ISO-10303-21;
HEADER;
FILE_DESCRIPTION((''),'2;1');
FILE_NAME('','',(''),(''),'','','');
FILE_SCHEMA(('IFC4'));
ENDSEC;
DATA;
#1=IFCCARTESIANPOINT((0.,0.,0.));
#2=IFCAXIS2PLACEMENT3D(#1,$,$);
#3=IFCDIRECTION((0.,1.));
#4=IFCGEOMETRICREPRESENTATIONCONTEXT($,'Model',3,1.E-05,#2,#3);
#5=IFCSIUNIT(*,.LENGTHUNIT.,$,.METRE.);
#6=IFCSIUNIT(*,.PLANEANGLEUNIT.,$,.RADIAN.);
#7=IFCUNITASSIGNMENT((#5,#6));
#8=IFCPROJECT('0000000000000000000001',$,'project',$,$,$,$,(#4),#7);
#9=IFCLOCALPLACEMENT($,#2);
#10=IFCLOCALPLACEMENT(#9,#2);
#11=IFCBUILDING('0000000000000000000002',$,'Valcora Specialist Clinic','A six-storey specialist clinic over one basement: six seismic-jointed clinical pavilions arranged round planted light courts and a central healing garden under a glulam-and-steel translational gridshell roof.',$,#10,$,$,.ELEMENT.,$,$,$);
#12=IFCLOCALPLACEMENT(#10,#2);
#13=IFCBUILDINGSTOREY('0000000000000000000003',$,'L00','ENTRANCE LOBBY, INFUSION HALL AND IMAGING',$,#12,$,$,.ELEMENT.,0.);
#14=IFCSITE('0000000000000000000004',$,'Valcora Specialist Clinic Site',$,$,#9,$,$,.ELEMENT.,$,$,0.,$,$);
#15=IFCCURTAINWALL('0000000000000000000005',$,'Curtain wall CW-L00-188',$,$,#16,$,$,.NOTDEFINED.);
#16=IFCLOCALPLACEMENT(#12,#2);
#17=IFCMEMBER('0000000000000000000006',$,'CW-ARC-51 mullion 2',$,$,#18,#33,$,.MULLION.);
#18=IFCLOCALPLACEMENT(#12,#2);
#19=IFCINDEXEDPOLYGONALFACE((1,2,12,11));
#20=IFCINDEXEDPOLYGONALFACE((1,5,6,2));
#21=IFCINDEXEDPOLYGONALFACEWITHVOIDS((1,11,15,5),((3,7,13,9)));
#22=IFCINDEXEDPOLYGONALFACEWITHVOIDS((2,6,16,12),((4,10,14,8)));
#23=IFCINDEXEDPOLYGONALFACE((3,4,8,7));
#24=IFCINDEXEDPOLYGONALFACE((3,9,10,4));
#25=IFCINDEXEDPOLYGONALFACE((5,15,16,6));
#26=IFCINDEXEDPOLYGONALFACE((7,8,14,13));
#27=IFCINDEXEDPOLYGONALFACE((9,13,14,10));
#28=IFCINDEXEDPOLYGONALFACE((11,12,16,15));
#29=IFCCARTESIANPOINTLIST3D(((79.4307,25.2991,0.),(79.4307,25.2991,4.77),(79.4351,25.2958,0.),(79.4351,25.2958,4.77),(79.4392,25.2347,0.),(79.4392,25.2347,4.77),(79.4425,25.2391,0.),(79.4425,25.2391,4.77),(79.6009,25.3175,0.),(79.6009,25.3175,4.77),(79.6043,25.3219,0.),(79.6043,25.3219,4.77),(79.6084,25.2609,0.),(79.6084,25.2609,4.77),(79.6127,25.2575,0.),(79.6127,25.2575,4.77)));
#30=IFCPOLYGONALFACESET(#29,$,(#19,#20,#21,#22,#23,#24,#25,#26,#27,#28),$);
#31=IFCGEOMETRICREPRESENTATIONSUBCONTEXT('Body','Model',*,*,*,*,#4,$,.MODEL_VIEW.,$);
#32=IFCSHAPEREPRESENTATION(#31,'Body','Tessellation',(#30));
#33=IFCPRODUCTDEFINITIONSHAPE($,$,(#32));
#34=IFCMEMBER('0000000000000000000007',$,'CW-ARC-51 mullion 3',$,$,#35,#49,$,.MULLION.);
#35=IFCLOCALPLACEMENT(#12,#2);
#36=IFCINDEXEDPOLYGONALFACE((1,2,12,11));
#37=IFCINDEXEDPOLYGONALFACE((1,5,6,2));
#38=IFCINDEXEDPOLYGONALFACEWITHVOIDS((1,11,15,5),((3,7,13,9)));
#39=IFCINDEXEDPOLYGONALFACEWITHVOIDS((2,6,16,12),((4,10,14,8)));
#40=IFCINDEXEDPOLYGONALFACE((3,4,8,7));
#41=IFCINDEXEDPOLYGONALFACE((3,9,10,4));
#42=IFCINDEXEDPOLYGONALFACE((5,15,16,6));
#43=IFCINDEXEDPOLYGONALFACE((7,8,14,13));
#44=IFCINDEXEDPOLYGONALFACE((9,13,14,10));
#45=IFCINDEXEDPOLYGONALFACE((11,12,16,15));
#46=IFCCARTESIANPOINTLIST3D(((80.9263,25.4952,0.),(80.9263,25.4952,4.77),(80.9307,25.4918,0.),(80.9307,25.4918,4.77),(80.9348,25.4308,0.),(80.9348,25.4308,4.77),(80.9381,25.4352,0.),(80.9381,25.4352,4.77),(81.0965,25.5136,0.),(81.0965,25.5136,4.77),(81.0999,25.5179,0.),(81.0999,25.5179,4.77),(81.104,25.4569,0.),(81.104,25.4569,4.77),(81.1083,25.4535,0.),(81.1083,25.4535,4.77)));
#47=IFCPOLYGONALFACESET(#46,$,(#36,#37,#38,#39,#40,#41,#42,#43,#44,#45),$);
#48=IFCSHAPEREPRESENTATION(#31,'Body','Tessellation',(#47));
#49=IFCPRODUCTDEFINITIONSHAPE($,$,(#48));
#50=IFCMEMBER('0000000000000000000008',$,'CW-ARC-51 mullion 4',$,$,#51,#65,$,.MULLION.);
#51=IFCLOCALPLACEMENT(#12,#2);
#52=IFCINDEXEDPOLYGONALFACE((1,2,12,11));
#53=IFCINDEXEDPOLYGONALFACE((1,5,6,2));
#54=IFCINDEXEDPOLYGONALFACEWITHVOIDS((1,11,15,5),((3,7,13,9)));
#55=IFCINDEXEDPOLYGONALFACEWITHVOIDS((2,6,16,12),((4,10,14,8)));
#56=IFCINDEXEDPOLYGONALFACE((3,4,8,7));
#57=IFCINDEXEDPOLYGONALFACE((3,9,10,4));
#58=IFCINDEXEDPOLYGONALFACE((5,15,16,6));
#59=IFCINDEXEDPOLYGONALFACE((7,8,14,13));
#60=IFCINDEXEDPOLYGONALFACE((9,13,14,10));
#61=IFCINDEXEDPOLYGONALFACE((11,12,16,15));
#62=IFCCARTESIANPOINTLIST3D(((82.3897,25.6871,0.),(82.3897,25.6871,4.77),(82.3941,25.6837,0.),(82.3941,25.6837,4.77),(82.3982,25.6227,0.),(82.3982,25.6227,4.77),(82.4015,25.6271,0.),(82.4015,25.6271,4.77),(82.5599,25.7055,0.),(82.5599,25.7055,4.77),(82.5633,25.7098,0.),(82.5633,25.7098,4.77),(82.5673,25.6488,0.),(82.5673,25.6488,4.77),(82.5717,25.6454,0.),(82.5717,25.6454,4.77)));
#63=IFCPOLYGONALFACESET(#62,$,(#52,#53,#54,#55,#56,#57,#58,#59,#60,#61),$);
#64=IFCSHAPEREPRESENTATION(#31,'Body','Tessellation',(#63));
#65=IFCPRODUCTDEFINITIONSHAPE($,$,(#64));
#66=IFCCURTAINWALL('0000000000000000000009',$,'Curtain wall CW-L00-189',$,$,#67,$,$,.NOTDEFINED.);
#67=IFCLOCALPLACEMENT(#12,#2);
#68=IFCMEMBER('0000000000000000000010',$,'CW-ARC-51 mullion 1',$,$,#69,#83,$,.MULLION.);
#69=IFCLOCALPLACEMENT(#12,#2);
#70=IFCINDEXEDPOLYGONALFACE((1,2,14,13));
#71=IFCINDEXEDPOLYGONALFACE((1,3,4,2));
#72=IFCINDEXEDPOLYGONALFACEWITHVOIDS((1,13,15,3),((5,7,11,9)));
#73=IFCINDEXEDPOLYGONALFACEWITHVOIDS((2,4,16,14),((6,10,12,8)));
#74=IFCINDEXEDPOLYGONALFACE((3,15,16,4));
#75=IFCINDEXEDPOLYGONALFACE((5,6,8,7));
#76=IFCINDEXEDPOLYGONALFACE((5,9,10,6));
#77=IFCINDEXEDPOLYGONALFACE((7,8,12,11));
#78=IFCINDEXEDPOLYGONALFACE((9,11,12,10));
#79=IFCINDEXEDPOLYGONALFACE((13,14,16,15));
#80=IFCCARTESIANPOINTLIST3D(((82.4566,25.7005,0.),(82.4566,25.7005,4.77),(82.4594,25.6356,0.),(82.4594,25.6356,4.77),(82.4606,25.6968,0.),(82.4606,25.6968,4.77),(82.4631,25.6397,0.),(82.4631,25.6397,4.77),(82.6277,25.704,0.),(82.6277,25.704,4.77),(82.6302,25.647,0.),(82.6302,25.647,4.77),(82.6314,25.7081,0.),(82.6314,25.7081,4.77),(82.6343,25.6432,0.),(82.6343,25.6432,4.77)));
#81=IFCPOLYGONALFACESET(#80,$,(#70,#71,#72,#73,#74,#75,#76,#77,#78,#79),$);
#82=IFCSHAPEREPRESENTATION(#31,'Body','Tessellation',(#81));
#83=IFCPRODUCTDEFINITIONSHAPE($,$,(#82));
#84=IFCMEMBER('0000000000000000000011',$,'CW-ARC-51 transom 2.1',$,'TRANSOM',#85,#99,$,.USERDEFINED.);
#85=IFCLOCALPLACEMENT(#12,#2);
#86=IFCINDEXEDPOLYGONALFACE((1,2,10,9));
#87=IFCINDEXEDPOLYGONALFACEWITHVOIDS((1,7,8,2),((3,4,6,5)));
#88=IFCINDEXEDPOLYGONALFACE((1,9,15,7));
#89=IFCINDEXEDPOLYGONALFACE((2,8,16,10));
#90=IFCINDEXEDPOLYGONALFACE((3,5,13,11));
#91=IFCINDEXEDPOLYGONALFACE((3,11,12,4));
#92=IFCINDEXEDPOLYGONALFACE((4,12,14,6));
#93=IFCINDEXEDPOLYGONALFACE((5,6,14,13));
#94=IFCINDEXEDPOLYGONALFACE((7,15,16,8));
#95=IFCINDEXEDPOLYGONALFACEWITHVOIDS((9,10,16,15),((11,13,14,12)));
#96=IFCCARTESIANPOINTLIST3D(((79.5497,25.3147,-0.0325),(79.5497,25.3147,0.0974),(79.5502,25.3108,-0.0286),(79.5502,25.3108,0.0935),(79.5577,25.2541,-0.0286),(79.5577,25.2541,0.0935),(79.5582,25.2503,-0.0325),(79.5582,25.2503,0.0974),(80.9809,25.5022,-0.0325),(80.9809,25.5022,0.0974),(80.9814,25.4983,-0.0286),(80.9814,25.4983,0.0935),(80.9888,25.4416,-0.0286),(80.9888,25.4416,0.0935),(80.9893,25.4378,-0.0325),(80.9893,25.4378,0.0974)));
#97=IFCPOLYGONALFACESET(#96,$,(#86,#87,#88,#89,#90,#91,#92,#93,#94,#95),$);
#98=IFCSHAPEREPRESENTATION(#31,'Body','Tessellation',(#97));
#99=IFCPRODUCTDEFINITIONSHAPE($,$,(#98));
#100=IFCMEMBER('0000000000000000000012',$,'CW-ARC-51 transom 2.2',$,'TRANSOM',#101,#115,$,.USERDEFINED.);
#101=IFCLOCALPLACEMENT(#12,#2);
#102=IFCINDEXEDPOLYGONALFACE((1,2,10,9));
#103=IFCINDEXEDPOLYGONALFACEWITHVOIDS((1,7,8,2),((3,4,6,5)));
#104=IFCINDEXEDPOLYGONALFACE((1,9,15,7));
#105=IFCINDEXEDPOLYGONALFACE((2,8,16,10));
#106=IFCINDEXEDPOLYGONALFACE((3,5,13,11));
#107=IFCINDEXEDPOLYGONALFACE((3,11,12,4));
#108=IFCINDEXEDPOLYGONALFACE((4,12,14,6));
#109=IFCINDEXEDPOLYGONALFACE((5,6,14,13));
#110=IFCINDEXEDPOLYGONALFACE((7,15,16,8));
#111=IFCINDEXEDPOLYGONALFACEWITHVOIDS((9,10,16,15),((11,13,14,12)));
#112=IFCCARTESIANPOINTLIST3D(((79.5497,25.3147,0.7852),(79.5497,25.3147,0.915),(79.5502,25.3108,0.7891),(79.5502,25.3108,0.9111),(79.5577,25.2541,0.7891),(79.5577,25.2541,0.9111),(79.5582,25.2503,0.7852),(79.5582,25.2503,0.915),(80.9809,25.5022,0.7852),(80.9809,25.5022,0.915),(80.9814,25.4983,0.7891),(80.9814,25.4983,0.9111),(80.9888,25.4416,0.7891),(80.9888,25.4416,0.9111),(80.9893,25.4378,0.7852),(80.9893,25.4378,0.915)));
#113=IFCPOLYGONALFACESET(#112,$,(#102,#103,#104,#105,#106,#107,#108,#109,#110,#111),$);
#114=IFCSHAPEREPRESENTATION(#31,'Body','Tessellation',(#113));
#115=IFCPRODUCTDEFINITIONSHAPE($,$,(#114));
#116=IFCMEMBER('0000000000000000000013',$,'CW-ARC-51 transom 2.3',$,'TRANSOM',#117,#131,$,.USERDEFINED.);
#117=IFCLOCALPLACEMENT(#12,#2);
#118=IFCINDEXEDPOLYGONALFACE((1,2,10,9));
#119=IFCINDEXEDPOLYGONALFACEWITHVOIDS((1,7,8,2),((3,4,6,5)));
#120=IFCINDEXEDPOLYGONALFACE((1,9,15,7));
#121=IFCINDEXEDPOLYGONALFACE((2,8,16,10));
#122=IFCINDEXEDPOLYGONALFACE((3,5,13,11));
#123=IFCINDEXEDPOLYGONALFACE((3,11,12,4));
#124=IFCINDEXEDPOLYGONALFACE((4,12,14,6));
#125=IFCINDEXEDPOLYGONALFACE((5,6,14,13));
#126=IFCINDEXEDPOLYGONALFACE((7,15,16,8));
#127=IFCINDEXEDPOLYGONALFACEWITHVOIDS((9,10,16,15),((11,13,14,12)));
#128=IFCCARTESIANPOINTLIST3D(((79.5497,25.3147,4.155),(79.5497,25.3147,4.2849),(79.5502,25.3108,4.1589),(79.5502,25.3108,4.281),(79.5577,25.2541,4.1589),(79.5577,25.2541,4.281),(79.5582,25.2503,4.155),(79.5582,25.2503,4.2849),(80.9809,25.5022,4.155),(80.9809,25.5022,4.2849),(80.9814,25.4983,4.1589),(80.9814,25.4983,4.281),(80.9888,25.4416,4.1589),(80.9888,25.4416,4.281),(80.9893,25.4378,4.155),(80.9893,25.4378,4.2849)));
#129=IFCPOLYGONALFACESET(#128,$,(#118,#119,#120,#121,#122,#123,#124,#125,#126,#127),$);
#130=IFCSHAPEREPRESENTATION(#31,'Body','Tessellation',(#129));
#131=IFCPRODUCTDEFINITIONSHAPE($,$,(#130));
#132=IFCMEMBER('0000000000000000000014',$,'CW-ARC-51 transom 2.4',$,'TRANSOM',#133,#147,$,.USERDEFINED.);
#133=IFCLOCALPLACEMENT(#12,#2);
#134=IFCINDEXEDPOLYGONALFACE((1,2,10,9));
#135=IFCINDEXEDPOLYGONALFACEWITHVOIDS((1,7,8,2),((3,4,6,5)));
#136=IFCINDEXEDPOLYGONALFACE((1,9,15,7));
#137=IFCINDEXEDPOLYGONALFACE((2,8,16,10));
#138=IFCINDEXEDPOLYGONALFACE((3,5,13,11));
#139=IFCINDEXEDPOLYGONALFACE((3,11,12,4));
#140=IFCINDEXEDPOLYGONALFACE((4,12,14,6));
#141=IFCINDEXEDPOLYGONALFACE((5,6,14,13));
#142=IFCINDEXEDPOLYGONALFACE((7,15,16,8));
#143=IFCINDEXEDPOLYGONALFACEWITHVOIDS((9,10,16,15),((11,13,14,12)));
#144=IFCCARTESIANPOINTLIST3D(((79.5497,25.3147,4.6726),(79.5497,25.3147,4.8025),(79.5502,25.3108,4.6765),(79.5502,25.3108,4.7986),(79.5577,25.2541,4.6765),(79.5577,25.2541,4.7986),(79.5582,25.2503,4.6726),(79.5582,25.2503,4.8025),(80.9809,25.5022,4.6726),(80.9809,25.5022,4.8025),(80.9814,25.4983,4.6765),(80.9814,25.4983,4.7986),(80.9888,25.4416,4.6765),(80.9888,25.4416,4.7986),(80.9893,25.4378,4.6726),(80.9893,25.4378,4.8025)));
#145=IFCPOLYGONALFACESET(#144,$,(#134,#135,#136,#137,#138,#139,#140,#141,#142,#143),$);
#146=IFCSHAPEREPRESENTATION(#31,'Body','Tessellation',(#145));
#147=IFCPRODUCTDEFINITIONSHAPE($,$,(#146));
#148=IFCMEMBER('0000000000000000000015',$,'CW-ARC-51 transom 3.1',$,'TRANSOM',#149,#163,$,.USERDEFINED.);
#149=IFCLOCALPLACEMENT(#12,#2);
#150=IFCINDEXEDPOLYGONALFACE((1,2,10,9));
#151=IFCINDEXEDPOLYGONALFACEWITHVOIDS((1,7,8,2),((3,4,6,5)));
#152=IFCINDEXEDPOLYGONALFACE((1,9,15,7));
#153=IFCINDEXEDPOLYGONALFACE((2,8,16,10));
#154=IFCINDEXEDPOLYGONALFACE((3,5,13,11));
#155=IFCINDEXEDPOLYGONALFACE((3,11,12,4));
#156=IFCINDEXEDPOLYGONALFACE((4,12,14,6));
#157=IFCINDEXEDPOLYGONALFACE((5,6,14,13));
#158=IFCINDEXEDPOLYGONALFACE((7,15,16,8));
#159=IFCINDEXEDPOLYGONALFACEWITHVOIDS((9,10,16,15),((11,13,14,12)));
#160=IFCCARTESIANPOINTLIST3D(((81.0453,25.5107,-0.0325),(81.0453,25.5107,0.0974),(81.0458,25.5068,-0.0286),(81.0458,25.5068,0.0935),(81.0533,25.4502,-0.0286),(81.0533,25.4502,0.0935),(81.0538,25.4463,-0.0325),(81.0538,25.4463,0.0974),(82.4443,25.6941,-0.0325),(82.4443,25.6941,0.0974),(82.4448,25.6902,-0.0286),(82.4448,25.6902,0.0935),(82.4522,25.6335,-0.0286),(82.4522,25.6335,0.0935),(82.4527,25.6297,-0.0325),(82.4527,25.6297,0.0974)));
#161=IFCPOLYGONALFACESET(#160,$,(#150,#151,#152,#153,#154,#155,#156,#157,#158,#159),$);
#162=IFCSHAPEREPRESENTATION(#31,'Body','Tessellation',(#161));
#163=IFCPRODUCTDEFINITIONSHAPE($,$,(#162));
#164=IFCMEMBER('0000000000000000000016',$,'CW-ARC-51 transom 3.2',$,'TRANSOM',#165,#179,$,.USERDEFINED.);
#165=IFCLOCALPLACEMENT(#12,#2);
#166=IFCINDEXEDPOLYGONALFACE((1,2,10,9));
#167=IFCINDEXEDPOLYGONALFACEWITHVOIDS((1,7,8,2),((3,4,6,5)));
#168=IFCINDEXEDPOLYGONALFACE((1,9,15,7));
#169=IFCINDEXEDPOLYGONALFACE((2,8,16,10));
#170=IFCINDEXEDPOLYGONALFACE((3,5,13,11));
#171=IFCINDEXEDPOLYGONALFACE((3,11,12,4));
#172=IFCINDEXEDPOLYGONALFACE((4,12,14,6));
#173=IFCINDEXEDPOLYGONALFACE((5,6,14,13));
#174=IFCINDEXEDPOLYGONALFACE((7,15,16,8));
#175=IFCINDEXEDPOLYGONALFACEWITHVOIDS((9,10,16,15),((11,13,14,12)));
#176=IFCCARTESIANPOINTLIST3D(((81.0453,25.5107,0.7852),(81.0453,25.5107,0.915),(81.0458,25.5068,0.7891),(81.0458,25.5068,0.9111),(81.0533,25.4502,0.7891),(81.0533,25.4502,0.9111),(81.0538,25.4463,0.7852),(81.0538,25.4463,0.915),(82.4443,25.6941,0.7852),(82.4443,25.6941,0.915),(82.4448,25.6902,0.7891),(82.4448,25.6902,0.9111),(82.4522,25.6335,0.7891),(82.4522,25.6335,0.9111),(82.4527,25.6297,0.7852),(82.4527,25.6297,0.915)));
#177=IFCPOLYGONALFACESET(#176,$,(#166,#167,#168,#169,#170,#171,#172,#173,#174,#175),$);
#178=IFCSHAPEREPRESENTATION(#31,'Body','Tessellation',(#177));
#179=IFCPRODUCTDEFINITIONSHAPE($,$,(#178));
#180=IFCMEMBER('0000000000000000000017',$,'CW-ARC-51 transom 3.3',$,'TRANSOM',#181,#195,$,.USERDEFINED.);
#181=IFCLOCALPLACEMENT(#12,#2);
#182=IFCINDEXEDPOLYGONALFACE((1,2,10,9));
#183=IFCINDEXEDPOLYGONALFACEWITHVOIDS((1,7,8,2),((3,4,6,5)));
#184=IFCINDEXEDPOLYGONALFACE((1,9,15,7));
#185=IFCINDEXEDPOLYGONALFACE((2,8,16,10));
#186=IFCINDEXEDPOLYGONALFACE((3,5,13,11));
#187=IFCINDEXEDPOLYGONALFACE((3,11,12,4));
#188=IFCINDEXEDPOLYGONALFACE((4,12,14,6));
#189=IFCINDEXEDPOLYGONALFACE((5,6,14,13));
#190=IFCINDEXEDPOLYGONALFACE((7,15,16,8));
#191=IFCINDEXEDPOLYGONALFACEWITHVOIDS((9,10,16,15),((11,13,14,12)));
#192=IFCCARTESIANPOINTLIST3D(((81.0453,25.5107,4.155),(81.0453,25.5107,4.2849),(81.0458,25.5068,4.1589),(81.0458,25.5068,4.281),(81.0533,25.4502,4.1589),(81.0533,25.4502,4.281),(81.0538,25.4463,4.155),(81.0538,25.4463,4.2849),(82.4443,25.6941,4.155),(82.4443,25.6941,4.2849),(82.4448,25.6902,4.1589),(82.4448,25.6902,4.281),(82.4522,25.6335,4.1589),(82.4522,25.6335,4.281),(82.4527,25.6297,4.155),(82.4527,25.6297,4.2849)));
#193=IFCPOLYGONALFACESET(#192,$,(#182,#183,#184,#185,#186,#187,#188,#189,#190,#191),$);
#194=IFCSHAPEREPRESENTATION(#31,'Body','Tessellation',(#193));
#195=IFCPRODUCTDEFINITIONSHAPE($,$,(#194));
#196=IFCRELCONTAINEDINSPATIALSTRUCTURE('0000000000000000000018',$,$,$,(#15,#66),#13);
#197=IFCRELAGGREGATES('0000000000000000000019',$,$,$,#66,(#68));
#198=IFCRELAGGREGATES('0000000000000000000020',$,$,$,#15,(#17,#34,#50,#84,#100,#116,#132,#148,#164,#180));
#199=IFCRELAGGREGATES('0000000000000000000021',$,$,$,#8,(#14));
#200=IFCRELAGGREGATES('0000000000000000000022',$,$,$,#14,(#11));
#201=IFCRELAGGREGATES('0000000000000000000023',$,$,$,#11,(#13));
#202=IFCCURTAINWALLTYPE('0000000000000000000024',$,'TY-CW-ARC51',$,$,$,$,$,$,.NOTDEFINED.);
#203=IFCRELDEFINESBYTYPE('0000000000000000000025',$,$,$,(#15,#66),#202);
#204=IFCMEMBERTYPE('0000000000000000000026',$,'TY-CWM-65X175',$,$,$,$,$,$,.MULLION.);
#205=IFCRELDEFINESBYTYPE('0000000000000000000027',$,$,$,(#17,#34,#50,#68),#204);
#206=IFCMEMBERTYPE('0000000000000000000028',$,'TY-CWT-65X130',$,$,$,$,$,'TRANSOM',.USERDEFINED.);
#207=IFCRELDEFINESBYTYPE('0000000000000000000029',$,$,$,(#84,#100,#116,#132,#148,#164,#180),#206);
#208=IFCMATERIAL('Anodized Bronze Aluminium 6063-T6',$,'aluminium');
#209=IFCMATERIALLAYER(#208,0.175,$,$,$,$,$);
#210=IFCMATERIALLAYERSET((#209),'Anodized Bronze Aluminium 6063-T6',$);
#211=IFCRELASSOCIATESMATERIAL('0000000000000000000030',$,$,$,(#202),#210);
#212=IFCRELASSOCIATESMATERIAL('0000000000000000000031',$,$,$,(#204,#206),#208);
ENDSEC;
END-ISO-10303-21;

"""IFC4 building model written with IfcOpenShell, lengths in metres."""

from ifc_helpers import new_model, si_unit, direction, frame, origin, origin_2d, place, context, subcontext, project, spatial, hollow_rectangle, extrude, material, layer, layer_set, material_profile, profile_set, type_object, element, aggregate, save


model = new_model("IFC4")

# Units and contexts
model_context = context("Model", 3, precision=1e-05, world=origin(), true_north=direction((0.0, 1.0)))
body_context = subcontext(model_context, "Body", "Model", "MODEL_VIEW")
ifc_project = project(units=[si_unit("LENGTHUNIT", "METRE"), si_unit("PLANEANGLEUNIT", "RADIAN")], contexts=[model_context])

# Site, building, storey
site_placement = place(None, origin())
site = spatial("IfcSite", under=ifc_project, at=site_placement, Name="Valcora Specialist Clinic Site", CompositionType="ELEMENT", RefElevation=0.0)
building_placement = place(site_placement, origin())
building = spatial("IfcBuilding", under=site, at=building_placement, Name="Valcora Specialist Clinic", Description="A six-storey specialist clinic over one basement: six seismic-jointed clinical pavilions arranged round planted light courts and a central healing garden under a glulam-and-steel translational gridshell roof.", CompositionType="ELEMENT")
storey_placement = place(building_placement, origin())
storey = spatial("IfcBuildingStorey", under=building, at=storey_placement, Name="L00", Description="ENTRANCE LOBBY, INFUSION HALL AND IMAGING", CompositionType="ELEMENT", Elevation=0.0)

# Curtain wall, members
ifc_material_1 = material(Name="Anodized Bronze Aluminium 6063-T6", Category="aluminium")
ifc_layer_1 = layer(ifc_material_1, 0.175)
ifc_layer_set_1 = layer_set([ifc_layer_1], Name="Anodized Bronze Aluminium 6063-T6")
curtain_wall_type = type_object("IfcCurtainWallType", Name="TY-CW-ARC51", PredefinedType="NOTDEFINED", material=ifc_layer_set_1)
curtain_wall_1_placement = place(storey_placement, origin())
curtain_wall_1 = element("IfcCurtainWall", 1, at=curtain_wall_1_placement, inside=storey, type_object=curtain_wall_type, Name="Curtain wall CW-L00-188", PredefinedType="NOTDEFINED")
ifc_material_profile_1 = material_profile(ifc_material_1, hollow_rectangle(XDim=0.0649, YDim=0.175, WallThickness=0.0039, at=origin_2d()), Name="AL-MUL-65X175")
ifc_profile_set_1 = profile_set([ifc_material_profile_1], Name="Anodized Bronze Aluminium 6063-T6")
member_type_1 = type_object("IfcMemberType", Name="TY-CWM-65X175", PredefinedType="MULLION", material=ifc_profile_set_1)
member_1_placement = place(storey_placement, frame((79.5217, 25.2783, 0.0), z_axis=(0.0, 0.0, 1.0), x_axis=(-0.129999, 0.991514, 0.0)))
member_1 = element("IfcMember", 2, at=member_1_placement, type_object=member_type_1, Name="CW-ARC-51 mullion 2", PredefinedType="MULLION", context=body_context, shape_type="SweptSolid", body=[
    extrude(hollow_rectangle(XDim=0.0649, YDim=0.175, WallThickness=0.0039, at=origin_2d()), origin(), (0.0, 0.0, 1.0), 4.77),
])
member_2_placement = place(storey_placement, frame((81.0173, 25.4744, 0.0), z_axis=(0.0, 0.0, 1.0), x_axis=(-0.129999, 0.991514, 0.0)))
member_2 = element("IfcMember", 3, at=member_2_placement, type_object=member_type_1, Name="CW-ARC-51 mullion 3", PredefinedType="MULLION", context=body_context, shape_type="SweptSolid", body=[
    extrude(hollow_rectangle(XDim=0.0649, YDim=0.175, WallThickness=0.0039, at=origin_2d()), origin(), (0.0, 0.0, 1.0), 4.77),
])
member_3_placement = place(storey_placement, frame((82.4807, 25.6663, 0.0), z_axis=(0.0, 0.0, 1.0), x_axis=(-0.129999, 0.991514, 0.0)))
member_3 = element("IfcMember", 4, at=member_3_placement, type_object=member_type_1, Name="CW-ARC-51 mullion 4", PredefinedType="MULLION", context=body_context, shape_type="SweptSolid", body=[
    extrude(hollow_rectangle(XDim=0.0649, YDim=0.175, WallThickness=0.0039, at=origin_2d()), origin(), (0.0, 0.0, 1.0), 4.77),
])

# Curtain wall, member
curtain_wall_2_placement = place(storey_placement, origin())
curtain_wall_2 = element("IfcCurtainWall", 5, at=curtain_wall_2_placement, inside=storey, type_object=curtain_wall_type, Name="Curtain wall CW-L00-189", PredefinedType="NOTDEFINED")
member_4_placement = place(storey_placement, frame((82.5454, 25.6719, 0.0), z_axis=(0.0, 0.0, 1.0), x_axis=(-0.043307, 0.999062, 0.0)))
member_4 = element("IfcMember", 6, at=member_4_placement, type_object=member_type_1, Name="CW-ARC-51 mullion 1", PredefinedType="MULLION", context=body_context, shape_type="SweptSolid", body=[
    extrude(hollow_rectangle(XDim=0.0649, YDim=0.175, WallThickness=0.0039, at=origin_2d()), origin(), (0.0, 0.0, 1.0), 4.77),
])

# Members
ifc_material_profile_2 = material_profile(ifc_material_1, hollow_rectangle(XDim=0.0649, YDim=0.1299, WallThickness=0.0039, at=origin_2d()), Name="AL-TRN-65X130")
ifc_profile_set_2 = profile_set([ifc_material_profile_2], Name="Anodized Bronze Aluminium 6063-T6")
member_type_2 = type_object("IfcMemberType", Name="TY-CWT-65X130", ElementType="TRANSOM", PredefinedType="USERDEFINED", material=ifc_profile_set_2)
member_5_placement = place(storey_placement, frame((79.554, 25.2825, 0.0325), z_axis=(0.991527, 0.129903, 0.0), x_axis=(-0.129903, 0.991527, 0.0)))
member_5 = element("IfcMember", 7, at=member_5_placement, type_object=member_type_2, Name="CW-ARC-51 transom 2.1", ObjectType="TRANSOM", PredefinedType="USERDEFINED", context=body_context, shape_type="SweptSolid", body=[
    extrude(hollow_rectangle(XDim=0.0649, YDim=0.1299, WallThickness=0.0039, at=origin_2d()), origin(), (0.0, 0.0, 1.0), 1.4434),
])
member_6_placement = place(storey_placement, frame((79.554, 25.2825, 0.8501), z_axis=(0.991527, 0.129903, 0.0), x_axis=(-0.129903, 0.991527, 0.0)))
member_6 = element("IfcMember", 8, at=member_6_placement, type_object=member_type_2, Name="CW-ARC-51 transom 2.2", ObjectType="TRANSOM", PredefinedType="USERDEFINED", context=body_context, shape_type="SweptSolid", body=[
    extrude(hollow_rectangle(XDim=0.0649, YDim=0.1299, WallThickness=0.0039, at=origin_2d()), origin(), (0.0, 0.0, 1.0), 1.4434),
])
member_7_placement = place(storey_placement, frame((79.554, 25.2825, 4.22), z_axis=(0.991527, 0.129903, 0.0), x_axis=(-0.129903, 0.991527, 0.0)))
member_7 = element("IfcMember", 9, at=member_7_placement, type_object=member_type_2, Name="CW-ARC-51 transom 2.3", ObjectType="TRANSOM", PredefinedType="USERDEFINED", context=body_context, shape_type="SweptSolid", body=[
    extrude(hollow_rectangle(XDim=0.0649, YDim=0.1299, WallThickness=0.0039, at=origin_2d()), origin(), (0.0, 0.0, 1.0), 1.4434),
])
member_8_placement = place(storey_placement, frame((79.554, 25.2825, 4.7375), z_axis=(0.991527, 0.129903, 0.0), x_axis=(-0.129903, 0.991527, 0.0)))
member_8 = element("IfcMember", 10, at=member_8_placement, type_object=member_type_2, Name="CW-ARC-51 transom 2.4", ObjectType="TRANSOM", PredefinedType="USERDEFINED", context=body_context, shape_type="SweptSolid", body=[
    extrude(hollow_rectangle(XDim=0.0649, YDim=0.1299, WallThickness=0.0039, at=origin_2d()), origin(), (0.0, 0.0, 1.0), 1.4434),
])
member_9_placement = place(storey_placement, frame((81.0496, 25.4785, 0.0325), z_axis=(0.99152, 0.129953, 0.0), x_axis=(-0.129953, 0.99152, 0.0)))
member_9 = element("IfcMember", 11, at=member_9_placement, type_object=member_type_2, Name="CW-ARC-51 transom 3.1", ObjectType="TRANSOM", PredefinedType="USERDEFINED", context=body_context, shape_type="SweptSolid", body=[
    extrude(hollow_rectangle(XDim=0.0649, YDim=0.1299, WallThickness=0.0039, at=origin_2d()), origin(), (0.0, 0.0, 1.0), 1.4109),
])
member_10_placement = place(storey_placement, frame((81.0496, 25.4785, 0.8501), z_axis=(0.99152, 0.129953, 0.0), x_axis=(-0.129953, 0.99152, 0.0)))
member_10 = element("IfcMember", 12, at=member_10_placement, type_object=member_type_2, Name="CW-ARC-51 transom 3.2", ObjectType="TRANSOM", PredefinedType="USERDEFINED", context=body_context, shape_type="SweptSolid", body=[
    extrude(hollow_rectangle(XDim=0.0649, YDim=0.1299, WallThickness=0.0039, at=origin_2d()), origin(), (0.0, 0.0, 1.0), 1.4109),
])
member_11_placement = place(storey_placement, frame((81.0496, 25.4785, 4.22), z_axis=(0.99152, 0.129953, 0.0), x_axis=(-0.129953, 0.99152, 0.0)))
member_11 = element("IfcMember", 13, at=member_11_placement, type_object=member_type_2, Name="CW-ARC-51 transom 3.3", ObjectType="TRANSOM", PredefinedType="USERDEFINED", context=body_context, shape_type="SweptSolid", body=[
    extrude(hollow_rectangle(XDim=0.0649, YDim=0.1299, WallThickness=0.0039, at=origin_2d()), origin(), (0.0, 0.0, 1.0), 1.4109),
])
aggregate(curtain_wall_2, [member_4])

aggregate(curtain_wall_1, [member_1, member_2, member_3, member_5, member_6, member_7, member_8, member_9, member_10, member_11])

save(model, "model.ifc")
